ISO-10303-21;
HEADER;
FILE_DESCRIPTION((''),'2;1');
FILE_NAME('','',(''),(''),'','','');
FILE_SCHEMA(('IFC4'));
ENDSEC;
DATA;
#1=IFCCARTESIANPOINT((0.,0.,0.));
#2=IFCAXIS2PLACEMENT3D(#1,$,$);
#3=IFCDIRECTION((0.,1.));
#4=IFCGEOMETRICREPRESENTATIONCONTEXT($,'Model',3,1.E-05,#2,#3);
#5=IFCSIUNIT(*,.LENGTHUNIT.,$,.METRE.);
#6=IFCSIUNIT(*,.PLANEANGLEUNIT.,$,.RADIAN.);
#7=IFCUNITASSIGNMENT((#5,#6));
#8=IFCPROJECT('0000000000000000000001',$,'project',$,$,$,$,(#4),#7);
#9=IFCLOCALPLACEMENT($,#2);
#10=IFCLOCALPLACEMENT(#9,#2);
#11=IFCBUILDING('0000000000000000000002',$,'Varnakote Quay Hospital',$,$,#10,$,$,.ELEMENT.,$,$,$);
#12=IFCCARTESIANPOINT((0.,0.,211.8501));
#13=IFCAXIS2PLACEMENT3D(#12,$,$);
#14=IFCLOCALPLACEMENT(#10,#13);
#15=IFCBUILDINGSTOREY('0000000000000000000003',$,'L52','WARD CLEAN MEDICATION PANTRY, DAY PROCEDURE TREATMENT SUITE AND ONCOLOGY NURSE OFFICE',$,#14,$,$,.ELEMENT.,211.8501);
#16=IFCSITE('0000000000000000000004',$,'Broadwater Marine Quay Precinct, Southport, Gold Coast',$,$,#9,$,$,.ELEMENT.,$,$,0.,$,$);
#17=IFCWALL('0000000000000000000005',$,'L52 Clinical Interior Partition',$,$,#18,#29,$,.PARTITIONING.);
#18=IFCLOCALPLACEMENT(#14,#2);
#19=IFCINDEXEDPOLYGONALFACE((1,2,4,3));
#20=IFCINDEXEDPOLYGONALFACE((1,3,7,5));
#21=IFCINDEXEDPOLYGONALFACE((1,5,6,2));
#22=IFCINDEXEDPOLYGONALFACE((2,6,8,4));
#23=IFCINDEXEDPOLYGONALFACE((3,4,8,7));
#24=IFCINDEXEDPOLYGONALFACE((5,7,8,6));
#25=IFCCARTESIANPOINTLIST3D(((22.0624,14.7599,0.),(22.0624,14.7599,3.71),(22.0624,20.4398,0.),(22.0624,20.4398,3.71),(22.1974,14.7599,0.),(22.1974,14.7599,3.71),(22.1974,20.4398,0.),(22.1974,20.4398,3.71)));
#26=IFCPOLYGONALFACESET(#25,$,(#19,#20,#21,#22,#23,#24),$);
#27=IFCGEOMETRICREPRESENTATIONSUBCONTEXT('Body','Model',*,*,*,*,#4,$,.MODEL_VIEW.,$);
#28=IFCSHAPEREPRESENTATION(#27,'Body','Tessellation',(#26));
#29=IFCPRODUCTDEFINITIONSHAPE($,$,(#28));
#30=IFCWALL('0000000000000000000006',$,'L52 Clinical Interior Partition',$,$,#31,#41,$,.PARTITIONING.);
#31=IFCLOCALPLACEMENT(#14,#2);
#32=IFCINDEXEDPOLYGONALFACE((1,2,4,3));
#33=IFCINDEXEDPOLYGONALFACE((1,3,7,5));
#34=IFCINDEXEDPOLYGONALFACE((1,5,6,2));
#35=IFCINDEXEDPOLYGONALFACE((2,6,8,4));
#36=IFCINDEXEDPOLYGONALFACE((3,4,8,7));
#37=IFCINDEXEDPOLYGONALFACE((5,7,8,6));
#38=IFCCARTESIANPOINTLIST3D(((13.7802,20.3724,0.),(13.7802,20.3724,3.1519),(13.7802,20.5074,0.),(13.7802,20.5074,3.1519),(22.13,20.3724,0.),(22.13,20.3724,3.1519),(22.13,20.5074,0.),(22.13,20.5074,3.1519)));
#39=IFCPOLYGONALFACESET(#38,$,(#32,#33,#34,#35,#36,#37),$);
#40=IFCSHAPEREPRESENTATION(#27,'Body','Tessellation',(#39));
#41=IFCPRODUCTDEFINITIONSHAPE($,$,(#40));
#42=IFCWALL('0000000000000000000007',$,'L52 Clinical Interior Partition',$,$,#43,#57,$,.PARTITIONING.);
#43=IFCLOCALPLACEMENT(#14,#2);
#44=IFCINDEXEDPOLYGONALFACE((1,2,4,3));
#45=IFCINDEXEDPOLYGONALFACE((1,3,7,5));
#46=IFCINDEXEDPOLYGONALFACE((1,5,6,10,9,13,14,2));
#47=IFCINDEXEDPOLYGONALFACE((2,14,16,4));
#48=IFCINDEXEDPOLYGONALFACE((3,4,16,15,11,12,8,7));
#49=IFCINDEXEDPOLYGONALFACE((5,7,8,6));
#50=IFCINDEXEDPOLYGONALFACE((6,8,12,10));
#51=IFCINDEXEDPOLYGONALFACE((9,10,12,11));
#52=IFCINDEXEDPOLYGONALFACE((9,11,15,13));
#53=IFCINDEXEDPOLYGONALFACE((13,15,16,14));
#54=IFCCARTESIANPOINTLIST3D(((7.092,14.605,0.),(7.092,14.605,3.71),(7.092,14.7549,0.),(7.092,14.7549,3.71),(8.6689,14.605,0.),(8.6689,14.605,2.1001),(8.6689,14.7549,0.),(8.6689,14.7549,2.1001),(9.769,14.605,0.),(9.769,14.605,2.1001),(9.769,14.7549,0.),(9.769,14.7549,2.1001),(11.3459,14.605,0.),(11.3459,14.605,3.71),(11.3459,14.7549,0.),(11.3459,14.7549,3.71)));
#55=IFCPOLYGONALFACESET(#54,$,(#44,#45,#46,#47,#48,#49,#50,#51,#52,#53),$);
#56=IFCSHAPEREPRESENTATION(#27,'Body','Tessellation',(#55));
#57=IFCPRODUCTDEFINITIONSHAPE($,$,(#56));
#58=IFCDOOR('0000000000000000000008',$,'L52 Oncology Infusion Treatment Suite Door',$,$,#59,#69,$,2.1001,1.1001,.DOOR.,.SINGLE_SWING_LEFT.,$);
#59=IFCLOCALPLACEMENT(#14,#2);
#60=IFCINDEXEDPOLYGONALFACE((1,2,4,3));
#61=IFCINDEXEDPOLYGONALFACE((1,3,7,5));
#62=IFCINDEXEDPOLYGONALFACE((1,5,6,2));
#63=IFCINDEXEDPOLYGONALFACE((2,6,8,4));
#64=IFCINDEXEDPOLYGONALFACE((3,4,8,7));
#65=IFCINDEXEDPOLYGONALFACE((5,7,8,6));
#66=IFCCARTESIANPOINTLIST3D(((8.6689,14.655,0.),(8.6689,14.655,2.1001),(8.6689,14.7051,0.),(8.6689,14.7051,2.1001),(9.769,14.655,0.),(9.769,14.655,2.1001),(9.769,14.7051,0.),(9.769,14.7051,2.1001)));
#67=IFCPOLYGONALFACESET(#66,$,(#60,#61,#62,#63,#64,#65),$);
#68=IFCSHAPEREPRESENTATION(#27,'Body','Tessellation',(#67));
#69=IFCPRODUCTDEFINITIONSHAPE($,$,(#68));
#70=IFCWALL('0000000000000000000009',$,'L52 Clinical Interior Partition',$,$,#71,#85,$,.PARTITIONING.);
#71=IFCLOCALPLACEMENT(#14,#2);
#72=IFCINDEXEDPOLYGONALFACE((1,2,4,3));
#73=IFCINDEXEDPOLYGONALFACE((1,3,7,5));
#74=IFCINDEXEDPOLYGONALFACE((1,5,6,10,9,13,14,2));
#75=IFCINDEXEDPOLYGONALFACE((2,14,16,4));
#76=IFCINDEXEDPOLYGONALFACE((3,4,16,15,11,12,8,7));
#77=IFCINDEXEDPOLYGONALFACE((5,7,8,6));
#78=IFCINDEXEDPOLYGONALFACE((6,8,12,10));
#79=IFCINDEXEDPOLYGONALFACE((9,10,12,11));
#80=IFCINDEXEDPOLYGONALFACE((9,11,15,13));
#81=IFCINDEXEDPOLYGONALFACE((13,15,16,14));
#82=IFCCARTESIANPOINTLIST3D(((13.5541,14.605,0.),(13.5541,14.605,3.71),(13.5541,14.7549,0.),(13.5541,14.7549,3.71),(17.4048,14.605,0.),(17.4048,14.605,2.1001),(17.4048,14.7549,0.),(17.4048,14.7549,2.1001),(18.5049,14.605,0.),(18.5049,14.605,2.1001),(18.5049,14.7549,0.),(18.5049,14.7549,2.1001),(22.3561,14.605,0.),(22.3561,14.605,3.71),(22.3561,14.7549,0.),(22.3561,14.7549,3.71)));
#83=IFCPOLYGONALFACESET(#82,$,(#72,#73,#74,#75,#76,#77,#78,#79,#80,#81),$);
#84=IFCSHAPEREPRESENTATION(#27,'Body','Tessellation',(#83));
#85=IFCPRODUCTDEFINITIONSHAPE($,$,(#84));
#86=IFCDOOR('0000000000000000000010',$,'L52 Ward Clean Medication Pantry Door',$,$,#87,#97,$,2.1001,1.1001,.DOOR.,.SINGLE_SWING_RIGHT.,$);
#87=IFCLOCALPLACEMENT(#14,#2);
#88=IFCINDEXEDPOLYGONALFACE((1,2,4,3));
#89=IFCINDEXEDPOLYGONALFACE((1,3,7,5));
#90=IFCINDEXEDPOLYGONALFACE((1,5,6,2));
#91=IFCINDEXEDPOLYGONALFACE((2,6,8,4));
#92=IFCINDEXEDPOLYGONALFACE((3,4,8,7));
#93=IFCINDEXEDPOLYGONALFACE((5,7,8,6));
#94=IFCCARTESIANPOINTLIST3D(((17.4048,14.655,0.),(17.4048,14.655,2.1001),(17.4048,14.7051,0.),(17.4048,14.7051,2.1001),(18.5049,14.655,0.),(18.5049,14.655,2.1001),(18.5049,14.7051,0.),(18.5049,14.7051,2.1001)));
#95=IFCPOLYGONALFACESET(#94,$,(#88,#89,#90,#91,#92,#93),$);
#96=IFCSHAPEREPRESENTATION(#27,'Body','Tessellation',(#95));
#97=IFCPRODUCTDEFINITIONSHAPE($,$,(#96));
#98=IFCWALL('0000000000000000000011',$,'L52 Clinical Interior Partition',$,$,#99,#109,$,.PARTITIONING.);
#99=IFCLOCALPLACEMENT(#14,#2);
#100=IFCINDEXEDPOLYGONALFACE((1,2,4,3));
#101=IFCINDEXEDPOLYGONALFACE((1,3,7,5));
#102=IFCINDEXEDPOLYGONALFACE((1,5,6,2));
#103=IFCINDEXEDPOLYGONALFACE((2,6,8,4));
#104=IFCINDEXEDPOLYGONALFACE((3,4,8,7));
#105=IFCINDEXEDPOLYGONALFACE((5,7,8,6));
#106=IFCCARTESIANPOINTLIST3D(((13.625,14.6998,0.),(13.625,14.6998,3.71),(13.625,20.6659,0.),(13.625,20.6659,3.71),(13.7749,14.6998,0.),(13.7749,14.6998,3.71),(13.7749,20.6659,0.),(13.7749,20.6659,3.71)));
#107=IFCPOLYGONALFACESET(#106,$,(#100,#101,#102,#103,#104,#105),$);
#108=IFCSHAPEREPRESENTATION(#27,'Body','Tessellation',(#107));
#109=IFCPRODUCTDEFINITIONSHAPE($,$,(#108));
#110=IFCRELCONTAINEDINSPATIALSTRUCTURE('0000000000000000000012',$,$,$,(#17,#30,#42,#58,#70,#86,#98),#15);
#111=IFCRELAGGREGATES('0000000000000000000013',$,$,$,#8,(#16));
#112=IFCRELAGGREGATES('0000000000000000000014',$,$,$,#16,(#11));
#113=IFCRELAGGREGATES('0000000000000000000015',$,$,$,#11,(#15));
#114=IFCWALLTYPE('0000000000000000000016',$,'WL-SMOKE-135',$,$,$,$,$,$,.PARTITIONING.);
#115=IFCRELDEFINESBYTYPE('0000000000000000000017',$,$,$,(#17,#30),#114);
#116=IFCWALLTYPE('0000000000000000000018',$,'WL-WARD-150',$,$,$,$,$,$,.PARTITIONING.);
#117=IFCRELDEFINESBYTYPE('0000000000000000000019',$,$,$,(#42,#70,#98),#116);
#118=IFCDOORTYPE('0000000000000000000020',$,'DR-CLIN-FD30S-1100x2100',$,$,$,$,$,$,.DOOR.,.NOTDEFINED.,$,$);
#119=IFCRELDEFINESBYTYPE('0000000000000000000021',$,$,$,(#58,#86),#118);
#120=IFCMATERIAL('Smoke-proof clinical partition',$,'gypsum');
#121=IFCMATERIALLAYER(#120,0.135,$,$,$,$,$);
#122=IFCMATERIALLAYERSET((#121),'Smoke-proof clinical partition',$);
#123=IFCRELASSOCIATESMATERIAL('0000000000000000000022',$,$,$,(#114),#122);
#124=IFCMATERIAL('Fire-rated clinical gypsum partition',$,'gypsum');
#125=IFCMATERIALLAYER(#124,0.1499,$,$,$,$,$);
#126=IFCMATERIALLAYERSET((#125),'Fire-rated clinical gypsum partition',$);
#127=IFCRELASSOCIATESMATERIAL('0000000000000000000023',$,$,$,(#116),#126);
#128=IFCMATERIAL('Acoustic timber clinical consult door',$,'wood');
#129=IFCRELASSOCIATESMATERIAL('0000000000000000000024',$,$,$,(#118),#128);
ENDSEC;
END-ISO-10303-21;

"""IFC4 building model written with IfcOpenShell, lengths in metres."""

from ifc_helpers import new_model, si_unit, direction, frame, frame_2d, origin, place, context, subcontext, project, spatial, rectangle, extrude, material, layer, layer_set, type_object, element, fill, save


model = new_model("IFC4")

# Units and contexts
model_context = context("Model", 3, precision=1e-05, world=origin(), true_north=direction((0.0, 1.0)))
body_context = subcontext(model_context, "Body", "Model", "MODEL_VIEW")
ifc_project = project(units=[si_unit("LENGTHUNIT", "METRE"), si_unit("PLANEANGLEUNIT", "RADIAN")], contexts=[model_context])

# Site, building, storey
site_placement = place(None, origin())
site = spatial("IfcSite", under=ifc_project, at=site_placement, Name="Broadwater Marine Quay Precinct, Southport, Gold Coast", CompositionType="ELEMENT", RefElevation=0.0)
building_placement = place(site_placement, origin())
building = spatial("IfcBuilding", under=site, at=building_placement, Name="Varnakote Quay Hospital", CompositionType="ELEMENT")
storey_placement = place(building_placement, frame((0.0, 0.0, 211.8501)))
storey = spatial("IfcBuildingStorey", under=building, at=storey_placement, Name="L52", Description="WARD CLEAN MEDICATION PANTRY, DAY PROCEDURE TREATMENT SUITE AND ONCOLOGY NURSE OFFICE", CompositionType="ELEMENT", Elevation=211.8501)

# Walls
ifc_material_1 = material(Name="Smoke-proof clinical partition", Category="gypsum")
ifc_layer_1 = layer(ifc_material_1, 0.135)
ifc_layer_set_1 = layer_set([ifc_layer_1], Name="Smoke-proof clinical partition")
wall_type_1 = type_object("IfcWallType", Name="WL-SMOKE-135", PredefinedType="PARTITIONING", material=ifc_layer_set_1)
wall_1_placement = place(storey_placement, frame((22.1299, 14.76, 0.0), z_axis=(0.0, 0.0, 1.0), x_axis=(0.0, 1.0, 0.0)))
element("IfcWall", 1, at=wall_1_placement, inside=storey, type_object=wall_type_1, Name="L52 Clinical Interior Partition", PredefinedType="PARTITIONING", context=body_context, shape_type="SweptSolid", body=[
    extrude(rectangle(XDim=5.6799, YDim=0.135, at=frame_2d((2.8398, 0.0))), origin(), (0.0, 0.0, 1.0), 3.71),
])
wall_2_placement = place(storey_placement, frame((22.1299, 20.4399, 0.0), z_axis=(0.0, 0.0, 1.0), x_axis=(-1.0, 0.0, 0.0)))
element("IfcWall", 2, at=wall_2_placement, inside=storey, type_object=wall_type_1, Name="L52 Clinical Interior Partition", PredefinedType="PARTITIONING", context=body_context, shape_type="SweptSolid", body=[
    extrude(rectangle(XDim=8.3499, YDim=0.135, at=frame_2d((4.1748, 0.0))), origin(), (0.0, 0.0, 1.0), 3.1519),
])

# Walls, openings, doors
ifc_material_2 = material(Name="Fire-rated clinical gypsum partition", Category="gypsum")
ifc_layer_2 = layer(ifc_material_2, 0.1499)
ifc_layer_set_2 = layer_set([ifc_layer_2], Name="Fire-rated clinical gypsum partition")
wall_type_2 = type_object("IfcWallType", Name="WL-WARD-150", PredefinedType="PARTITIONING", material=ifc_layer_set_2)
wall_3_placement = place(storey_placement, frame((11.3459, 14.6799, 0.0), z_axis=(0.0, 0.0, 1.0), x_axis=(-1.0, 0.0, 0.0)))
wall_3 = element("IfcWall", 3, at=wall_3_placement, inside=storey, type_object=wall_type_2, Name="L52 Clinical Interior Partition", PredefinedType="PARTITIONING", context=body_context, shape_type="SweptSolid", body=[
    extrude(rectangle(XDim=4.2539, YDim=0.1499, at=frame_2d((2.127, 0.0))), origin(), (0.0, 0.0, 1.0), 3.71),
])
opening_1_placement = place(wall_3_placement, frame((1.5769, 0.0, 0.0)))
opening_1 = element("IfcOpeningElement", 4, at=opening_1_placement, cuts=wall_3, PredefinedType="OPENING", context=body_context, shape_type="SweptSolid", body=[
    extrude(rectangle(XDim=1.1001, YDim=2.1001, at=frame_2d((0.55, 1.05))), frame((0.0, 0.085, 0.0), z_axis=(0.0, -1.0, 0.0), x_axis=(1.0, 0.0, 0.0)), (0.0, 0.0, 1.0), 0.1699),
])
ifc_material_3 = material(Name="Acoustic timber clinical consult door", Category="wood")
door_type_1 = type_object("IfcDoorType", Name="DR-CLIN-FD30S-1100x2100", OperationType="NOTDEFINED", PredefinedType="DOOR", material=ifc_material_3)
door_1_placement = place(opening_1_placement, origin())
door_1 = element("IfcDoor", 5, at=door_1_placement, inside=storey, type_object=door_type_1, Name="L52 Oncology Infusion Treatment Suite Door", OperationType="SINGLE_SWING_LEFT", OverallHeight=2.1001, OverallWidth=1.1001, PredefinedType="DOOR", context=body_context, shape_type="SweptSolid", body=[
    extrude(rectangle(XDim=1.1001, YDim=2.1001, at=frame_2d((0.55, 1.05))), frame((0.0, 0.0249, 0.0), z_axis=(0.0, -1.0, 0.0), x_axis=(1.0, 0.0, 0.0)), (0.0, 0.0, 1.0), 0.05),
])
fill(opening_1, door_1)
wall_4_placement = place(storey_placement, frame((22.356, 14.6799, 0.0), z_axis=(0.0, 0.0, 1.0), x_axis=(-1.0, 0.0, 0.0)))
wall_4 = element("IfcWall", 6, at=wall_4_placement, inside=storey, type_object=wall_type_2, Name="L52 Clinical Interior Partition", PredefinedType="PARTITIONING", context=body_context, shape_type="SweptSolid", body=[
    extrude(rectangle(XDim=8.802, YDim=0.1499, at=frame_2d((4.4009, 0.0))), origin(), (0.0, 0.0, 1.0), 3.71),
])
opening_2_placement = place(wall_4_placement, frame((3.8511, 0.0, 0.0)))
opening_2 = element("IfcOpeningElement", 7, at=opening_2_placement, cuts=wall_4, PredefinedType="OPENING", context=body_context, shape_type="SweptSolid", body=[
    extrude(rectangle(XDim=1.1001, YDim=2.1001, at=frame_2d((0.55, 1.05))), frame((0.0, 0.085, 0.0), z_axis=(0.0, -1.0, 0.0), x_axis=(1.0, 0.0, 0.0)), (0.0, 0.0, 1.0), 0.1699),
])
door_2_placement = place(opening_2_placement, origin())
door_2 = element("IfcDoor", 8, at=door_2_placement, inside=storey, type_object=door_type_1, Name="L52 Ward Clean Medication Pantry Door", OperationType="SINGLE_SWING_RIGHT", OverallHeight=2.1001, OverallWidth=1.1001, PredefinedType="DOOR", context=body_context, shape_type="SweptSolid", body=[
    extrude(rectangle(XDim=1.1001, YDim=2.1001, at=frame_2d((0.55, 1.05))), frame((0.0, 0.0249, 0.0), z_axis=(0.0, -1.0, 0.0), x_axis=(1.0, 0.0, 0.0)), (0.0, 0.0, 1.0), 0.05),
])
fill(opening_2, door_2)

# Wall
wall_5_placement = place(storey_placement, frame((13.7, 14.7, 0.0), z_axis=(0.0, 0.0, 1.0), x_axis=(0.0, 1.0, 0.0)))
element("IfcWall", 9, at=wall_5_placement, inside=storey, type_object=wall_type_2, Name="L52 Clinical Interior Partition", PredefinedType="PARTITIONING", context=body_context, shape_type="SweptSolid", body=[
    extrude(rectangle(XDim=5.9661, YDim=0.1499, at=frame_2d((2.9829, 0.0))), origin(), (0.0, 0.0, 1.0), 3.71),
])

save(model, "model.ifc")
